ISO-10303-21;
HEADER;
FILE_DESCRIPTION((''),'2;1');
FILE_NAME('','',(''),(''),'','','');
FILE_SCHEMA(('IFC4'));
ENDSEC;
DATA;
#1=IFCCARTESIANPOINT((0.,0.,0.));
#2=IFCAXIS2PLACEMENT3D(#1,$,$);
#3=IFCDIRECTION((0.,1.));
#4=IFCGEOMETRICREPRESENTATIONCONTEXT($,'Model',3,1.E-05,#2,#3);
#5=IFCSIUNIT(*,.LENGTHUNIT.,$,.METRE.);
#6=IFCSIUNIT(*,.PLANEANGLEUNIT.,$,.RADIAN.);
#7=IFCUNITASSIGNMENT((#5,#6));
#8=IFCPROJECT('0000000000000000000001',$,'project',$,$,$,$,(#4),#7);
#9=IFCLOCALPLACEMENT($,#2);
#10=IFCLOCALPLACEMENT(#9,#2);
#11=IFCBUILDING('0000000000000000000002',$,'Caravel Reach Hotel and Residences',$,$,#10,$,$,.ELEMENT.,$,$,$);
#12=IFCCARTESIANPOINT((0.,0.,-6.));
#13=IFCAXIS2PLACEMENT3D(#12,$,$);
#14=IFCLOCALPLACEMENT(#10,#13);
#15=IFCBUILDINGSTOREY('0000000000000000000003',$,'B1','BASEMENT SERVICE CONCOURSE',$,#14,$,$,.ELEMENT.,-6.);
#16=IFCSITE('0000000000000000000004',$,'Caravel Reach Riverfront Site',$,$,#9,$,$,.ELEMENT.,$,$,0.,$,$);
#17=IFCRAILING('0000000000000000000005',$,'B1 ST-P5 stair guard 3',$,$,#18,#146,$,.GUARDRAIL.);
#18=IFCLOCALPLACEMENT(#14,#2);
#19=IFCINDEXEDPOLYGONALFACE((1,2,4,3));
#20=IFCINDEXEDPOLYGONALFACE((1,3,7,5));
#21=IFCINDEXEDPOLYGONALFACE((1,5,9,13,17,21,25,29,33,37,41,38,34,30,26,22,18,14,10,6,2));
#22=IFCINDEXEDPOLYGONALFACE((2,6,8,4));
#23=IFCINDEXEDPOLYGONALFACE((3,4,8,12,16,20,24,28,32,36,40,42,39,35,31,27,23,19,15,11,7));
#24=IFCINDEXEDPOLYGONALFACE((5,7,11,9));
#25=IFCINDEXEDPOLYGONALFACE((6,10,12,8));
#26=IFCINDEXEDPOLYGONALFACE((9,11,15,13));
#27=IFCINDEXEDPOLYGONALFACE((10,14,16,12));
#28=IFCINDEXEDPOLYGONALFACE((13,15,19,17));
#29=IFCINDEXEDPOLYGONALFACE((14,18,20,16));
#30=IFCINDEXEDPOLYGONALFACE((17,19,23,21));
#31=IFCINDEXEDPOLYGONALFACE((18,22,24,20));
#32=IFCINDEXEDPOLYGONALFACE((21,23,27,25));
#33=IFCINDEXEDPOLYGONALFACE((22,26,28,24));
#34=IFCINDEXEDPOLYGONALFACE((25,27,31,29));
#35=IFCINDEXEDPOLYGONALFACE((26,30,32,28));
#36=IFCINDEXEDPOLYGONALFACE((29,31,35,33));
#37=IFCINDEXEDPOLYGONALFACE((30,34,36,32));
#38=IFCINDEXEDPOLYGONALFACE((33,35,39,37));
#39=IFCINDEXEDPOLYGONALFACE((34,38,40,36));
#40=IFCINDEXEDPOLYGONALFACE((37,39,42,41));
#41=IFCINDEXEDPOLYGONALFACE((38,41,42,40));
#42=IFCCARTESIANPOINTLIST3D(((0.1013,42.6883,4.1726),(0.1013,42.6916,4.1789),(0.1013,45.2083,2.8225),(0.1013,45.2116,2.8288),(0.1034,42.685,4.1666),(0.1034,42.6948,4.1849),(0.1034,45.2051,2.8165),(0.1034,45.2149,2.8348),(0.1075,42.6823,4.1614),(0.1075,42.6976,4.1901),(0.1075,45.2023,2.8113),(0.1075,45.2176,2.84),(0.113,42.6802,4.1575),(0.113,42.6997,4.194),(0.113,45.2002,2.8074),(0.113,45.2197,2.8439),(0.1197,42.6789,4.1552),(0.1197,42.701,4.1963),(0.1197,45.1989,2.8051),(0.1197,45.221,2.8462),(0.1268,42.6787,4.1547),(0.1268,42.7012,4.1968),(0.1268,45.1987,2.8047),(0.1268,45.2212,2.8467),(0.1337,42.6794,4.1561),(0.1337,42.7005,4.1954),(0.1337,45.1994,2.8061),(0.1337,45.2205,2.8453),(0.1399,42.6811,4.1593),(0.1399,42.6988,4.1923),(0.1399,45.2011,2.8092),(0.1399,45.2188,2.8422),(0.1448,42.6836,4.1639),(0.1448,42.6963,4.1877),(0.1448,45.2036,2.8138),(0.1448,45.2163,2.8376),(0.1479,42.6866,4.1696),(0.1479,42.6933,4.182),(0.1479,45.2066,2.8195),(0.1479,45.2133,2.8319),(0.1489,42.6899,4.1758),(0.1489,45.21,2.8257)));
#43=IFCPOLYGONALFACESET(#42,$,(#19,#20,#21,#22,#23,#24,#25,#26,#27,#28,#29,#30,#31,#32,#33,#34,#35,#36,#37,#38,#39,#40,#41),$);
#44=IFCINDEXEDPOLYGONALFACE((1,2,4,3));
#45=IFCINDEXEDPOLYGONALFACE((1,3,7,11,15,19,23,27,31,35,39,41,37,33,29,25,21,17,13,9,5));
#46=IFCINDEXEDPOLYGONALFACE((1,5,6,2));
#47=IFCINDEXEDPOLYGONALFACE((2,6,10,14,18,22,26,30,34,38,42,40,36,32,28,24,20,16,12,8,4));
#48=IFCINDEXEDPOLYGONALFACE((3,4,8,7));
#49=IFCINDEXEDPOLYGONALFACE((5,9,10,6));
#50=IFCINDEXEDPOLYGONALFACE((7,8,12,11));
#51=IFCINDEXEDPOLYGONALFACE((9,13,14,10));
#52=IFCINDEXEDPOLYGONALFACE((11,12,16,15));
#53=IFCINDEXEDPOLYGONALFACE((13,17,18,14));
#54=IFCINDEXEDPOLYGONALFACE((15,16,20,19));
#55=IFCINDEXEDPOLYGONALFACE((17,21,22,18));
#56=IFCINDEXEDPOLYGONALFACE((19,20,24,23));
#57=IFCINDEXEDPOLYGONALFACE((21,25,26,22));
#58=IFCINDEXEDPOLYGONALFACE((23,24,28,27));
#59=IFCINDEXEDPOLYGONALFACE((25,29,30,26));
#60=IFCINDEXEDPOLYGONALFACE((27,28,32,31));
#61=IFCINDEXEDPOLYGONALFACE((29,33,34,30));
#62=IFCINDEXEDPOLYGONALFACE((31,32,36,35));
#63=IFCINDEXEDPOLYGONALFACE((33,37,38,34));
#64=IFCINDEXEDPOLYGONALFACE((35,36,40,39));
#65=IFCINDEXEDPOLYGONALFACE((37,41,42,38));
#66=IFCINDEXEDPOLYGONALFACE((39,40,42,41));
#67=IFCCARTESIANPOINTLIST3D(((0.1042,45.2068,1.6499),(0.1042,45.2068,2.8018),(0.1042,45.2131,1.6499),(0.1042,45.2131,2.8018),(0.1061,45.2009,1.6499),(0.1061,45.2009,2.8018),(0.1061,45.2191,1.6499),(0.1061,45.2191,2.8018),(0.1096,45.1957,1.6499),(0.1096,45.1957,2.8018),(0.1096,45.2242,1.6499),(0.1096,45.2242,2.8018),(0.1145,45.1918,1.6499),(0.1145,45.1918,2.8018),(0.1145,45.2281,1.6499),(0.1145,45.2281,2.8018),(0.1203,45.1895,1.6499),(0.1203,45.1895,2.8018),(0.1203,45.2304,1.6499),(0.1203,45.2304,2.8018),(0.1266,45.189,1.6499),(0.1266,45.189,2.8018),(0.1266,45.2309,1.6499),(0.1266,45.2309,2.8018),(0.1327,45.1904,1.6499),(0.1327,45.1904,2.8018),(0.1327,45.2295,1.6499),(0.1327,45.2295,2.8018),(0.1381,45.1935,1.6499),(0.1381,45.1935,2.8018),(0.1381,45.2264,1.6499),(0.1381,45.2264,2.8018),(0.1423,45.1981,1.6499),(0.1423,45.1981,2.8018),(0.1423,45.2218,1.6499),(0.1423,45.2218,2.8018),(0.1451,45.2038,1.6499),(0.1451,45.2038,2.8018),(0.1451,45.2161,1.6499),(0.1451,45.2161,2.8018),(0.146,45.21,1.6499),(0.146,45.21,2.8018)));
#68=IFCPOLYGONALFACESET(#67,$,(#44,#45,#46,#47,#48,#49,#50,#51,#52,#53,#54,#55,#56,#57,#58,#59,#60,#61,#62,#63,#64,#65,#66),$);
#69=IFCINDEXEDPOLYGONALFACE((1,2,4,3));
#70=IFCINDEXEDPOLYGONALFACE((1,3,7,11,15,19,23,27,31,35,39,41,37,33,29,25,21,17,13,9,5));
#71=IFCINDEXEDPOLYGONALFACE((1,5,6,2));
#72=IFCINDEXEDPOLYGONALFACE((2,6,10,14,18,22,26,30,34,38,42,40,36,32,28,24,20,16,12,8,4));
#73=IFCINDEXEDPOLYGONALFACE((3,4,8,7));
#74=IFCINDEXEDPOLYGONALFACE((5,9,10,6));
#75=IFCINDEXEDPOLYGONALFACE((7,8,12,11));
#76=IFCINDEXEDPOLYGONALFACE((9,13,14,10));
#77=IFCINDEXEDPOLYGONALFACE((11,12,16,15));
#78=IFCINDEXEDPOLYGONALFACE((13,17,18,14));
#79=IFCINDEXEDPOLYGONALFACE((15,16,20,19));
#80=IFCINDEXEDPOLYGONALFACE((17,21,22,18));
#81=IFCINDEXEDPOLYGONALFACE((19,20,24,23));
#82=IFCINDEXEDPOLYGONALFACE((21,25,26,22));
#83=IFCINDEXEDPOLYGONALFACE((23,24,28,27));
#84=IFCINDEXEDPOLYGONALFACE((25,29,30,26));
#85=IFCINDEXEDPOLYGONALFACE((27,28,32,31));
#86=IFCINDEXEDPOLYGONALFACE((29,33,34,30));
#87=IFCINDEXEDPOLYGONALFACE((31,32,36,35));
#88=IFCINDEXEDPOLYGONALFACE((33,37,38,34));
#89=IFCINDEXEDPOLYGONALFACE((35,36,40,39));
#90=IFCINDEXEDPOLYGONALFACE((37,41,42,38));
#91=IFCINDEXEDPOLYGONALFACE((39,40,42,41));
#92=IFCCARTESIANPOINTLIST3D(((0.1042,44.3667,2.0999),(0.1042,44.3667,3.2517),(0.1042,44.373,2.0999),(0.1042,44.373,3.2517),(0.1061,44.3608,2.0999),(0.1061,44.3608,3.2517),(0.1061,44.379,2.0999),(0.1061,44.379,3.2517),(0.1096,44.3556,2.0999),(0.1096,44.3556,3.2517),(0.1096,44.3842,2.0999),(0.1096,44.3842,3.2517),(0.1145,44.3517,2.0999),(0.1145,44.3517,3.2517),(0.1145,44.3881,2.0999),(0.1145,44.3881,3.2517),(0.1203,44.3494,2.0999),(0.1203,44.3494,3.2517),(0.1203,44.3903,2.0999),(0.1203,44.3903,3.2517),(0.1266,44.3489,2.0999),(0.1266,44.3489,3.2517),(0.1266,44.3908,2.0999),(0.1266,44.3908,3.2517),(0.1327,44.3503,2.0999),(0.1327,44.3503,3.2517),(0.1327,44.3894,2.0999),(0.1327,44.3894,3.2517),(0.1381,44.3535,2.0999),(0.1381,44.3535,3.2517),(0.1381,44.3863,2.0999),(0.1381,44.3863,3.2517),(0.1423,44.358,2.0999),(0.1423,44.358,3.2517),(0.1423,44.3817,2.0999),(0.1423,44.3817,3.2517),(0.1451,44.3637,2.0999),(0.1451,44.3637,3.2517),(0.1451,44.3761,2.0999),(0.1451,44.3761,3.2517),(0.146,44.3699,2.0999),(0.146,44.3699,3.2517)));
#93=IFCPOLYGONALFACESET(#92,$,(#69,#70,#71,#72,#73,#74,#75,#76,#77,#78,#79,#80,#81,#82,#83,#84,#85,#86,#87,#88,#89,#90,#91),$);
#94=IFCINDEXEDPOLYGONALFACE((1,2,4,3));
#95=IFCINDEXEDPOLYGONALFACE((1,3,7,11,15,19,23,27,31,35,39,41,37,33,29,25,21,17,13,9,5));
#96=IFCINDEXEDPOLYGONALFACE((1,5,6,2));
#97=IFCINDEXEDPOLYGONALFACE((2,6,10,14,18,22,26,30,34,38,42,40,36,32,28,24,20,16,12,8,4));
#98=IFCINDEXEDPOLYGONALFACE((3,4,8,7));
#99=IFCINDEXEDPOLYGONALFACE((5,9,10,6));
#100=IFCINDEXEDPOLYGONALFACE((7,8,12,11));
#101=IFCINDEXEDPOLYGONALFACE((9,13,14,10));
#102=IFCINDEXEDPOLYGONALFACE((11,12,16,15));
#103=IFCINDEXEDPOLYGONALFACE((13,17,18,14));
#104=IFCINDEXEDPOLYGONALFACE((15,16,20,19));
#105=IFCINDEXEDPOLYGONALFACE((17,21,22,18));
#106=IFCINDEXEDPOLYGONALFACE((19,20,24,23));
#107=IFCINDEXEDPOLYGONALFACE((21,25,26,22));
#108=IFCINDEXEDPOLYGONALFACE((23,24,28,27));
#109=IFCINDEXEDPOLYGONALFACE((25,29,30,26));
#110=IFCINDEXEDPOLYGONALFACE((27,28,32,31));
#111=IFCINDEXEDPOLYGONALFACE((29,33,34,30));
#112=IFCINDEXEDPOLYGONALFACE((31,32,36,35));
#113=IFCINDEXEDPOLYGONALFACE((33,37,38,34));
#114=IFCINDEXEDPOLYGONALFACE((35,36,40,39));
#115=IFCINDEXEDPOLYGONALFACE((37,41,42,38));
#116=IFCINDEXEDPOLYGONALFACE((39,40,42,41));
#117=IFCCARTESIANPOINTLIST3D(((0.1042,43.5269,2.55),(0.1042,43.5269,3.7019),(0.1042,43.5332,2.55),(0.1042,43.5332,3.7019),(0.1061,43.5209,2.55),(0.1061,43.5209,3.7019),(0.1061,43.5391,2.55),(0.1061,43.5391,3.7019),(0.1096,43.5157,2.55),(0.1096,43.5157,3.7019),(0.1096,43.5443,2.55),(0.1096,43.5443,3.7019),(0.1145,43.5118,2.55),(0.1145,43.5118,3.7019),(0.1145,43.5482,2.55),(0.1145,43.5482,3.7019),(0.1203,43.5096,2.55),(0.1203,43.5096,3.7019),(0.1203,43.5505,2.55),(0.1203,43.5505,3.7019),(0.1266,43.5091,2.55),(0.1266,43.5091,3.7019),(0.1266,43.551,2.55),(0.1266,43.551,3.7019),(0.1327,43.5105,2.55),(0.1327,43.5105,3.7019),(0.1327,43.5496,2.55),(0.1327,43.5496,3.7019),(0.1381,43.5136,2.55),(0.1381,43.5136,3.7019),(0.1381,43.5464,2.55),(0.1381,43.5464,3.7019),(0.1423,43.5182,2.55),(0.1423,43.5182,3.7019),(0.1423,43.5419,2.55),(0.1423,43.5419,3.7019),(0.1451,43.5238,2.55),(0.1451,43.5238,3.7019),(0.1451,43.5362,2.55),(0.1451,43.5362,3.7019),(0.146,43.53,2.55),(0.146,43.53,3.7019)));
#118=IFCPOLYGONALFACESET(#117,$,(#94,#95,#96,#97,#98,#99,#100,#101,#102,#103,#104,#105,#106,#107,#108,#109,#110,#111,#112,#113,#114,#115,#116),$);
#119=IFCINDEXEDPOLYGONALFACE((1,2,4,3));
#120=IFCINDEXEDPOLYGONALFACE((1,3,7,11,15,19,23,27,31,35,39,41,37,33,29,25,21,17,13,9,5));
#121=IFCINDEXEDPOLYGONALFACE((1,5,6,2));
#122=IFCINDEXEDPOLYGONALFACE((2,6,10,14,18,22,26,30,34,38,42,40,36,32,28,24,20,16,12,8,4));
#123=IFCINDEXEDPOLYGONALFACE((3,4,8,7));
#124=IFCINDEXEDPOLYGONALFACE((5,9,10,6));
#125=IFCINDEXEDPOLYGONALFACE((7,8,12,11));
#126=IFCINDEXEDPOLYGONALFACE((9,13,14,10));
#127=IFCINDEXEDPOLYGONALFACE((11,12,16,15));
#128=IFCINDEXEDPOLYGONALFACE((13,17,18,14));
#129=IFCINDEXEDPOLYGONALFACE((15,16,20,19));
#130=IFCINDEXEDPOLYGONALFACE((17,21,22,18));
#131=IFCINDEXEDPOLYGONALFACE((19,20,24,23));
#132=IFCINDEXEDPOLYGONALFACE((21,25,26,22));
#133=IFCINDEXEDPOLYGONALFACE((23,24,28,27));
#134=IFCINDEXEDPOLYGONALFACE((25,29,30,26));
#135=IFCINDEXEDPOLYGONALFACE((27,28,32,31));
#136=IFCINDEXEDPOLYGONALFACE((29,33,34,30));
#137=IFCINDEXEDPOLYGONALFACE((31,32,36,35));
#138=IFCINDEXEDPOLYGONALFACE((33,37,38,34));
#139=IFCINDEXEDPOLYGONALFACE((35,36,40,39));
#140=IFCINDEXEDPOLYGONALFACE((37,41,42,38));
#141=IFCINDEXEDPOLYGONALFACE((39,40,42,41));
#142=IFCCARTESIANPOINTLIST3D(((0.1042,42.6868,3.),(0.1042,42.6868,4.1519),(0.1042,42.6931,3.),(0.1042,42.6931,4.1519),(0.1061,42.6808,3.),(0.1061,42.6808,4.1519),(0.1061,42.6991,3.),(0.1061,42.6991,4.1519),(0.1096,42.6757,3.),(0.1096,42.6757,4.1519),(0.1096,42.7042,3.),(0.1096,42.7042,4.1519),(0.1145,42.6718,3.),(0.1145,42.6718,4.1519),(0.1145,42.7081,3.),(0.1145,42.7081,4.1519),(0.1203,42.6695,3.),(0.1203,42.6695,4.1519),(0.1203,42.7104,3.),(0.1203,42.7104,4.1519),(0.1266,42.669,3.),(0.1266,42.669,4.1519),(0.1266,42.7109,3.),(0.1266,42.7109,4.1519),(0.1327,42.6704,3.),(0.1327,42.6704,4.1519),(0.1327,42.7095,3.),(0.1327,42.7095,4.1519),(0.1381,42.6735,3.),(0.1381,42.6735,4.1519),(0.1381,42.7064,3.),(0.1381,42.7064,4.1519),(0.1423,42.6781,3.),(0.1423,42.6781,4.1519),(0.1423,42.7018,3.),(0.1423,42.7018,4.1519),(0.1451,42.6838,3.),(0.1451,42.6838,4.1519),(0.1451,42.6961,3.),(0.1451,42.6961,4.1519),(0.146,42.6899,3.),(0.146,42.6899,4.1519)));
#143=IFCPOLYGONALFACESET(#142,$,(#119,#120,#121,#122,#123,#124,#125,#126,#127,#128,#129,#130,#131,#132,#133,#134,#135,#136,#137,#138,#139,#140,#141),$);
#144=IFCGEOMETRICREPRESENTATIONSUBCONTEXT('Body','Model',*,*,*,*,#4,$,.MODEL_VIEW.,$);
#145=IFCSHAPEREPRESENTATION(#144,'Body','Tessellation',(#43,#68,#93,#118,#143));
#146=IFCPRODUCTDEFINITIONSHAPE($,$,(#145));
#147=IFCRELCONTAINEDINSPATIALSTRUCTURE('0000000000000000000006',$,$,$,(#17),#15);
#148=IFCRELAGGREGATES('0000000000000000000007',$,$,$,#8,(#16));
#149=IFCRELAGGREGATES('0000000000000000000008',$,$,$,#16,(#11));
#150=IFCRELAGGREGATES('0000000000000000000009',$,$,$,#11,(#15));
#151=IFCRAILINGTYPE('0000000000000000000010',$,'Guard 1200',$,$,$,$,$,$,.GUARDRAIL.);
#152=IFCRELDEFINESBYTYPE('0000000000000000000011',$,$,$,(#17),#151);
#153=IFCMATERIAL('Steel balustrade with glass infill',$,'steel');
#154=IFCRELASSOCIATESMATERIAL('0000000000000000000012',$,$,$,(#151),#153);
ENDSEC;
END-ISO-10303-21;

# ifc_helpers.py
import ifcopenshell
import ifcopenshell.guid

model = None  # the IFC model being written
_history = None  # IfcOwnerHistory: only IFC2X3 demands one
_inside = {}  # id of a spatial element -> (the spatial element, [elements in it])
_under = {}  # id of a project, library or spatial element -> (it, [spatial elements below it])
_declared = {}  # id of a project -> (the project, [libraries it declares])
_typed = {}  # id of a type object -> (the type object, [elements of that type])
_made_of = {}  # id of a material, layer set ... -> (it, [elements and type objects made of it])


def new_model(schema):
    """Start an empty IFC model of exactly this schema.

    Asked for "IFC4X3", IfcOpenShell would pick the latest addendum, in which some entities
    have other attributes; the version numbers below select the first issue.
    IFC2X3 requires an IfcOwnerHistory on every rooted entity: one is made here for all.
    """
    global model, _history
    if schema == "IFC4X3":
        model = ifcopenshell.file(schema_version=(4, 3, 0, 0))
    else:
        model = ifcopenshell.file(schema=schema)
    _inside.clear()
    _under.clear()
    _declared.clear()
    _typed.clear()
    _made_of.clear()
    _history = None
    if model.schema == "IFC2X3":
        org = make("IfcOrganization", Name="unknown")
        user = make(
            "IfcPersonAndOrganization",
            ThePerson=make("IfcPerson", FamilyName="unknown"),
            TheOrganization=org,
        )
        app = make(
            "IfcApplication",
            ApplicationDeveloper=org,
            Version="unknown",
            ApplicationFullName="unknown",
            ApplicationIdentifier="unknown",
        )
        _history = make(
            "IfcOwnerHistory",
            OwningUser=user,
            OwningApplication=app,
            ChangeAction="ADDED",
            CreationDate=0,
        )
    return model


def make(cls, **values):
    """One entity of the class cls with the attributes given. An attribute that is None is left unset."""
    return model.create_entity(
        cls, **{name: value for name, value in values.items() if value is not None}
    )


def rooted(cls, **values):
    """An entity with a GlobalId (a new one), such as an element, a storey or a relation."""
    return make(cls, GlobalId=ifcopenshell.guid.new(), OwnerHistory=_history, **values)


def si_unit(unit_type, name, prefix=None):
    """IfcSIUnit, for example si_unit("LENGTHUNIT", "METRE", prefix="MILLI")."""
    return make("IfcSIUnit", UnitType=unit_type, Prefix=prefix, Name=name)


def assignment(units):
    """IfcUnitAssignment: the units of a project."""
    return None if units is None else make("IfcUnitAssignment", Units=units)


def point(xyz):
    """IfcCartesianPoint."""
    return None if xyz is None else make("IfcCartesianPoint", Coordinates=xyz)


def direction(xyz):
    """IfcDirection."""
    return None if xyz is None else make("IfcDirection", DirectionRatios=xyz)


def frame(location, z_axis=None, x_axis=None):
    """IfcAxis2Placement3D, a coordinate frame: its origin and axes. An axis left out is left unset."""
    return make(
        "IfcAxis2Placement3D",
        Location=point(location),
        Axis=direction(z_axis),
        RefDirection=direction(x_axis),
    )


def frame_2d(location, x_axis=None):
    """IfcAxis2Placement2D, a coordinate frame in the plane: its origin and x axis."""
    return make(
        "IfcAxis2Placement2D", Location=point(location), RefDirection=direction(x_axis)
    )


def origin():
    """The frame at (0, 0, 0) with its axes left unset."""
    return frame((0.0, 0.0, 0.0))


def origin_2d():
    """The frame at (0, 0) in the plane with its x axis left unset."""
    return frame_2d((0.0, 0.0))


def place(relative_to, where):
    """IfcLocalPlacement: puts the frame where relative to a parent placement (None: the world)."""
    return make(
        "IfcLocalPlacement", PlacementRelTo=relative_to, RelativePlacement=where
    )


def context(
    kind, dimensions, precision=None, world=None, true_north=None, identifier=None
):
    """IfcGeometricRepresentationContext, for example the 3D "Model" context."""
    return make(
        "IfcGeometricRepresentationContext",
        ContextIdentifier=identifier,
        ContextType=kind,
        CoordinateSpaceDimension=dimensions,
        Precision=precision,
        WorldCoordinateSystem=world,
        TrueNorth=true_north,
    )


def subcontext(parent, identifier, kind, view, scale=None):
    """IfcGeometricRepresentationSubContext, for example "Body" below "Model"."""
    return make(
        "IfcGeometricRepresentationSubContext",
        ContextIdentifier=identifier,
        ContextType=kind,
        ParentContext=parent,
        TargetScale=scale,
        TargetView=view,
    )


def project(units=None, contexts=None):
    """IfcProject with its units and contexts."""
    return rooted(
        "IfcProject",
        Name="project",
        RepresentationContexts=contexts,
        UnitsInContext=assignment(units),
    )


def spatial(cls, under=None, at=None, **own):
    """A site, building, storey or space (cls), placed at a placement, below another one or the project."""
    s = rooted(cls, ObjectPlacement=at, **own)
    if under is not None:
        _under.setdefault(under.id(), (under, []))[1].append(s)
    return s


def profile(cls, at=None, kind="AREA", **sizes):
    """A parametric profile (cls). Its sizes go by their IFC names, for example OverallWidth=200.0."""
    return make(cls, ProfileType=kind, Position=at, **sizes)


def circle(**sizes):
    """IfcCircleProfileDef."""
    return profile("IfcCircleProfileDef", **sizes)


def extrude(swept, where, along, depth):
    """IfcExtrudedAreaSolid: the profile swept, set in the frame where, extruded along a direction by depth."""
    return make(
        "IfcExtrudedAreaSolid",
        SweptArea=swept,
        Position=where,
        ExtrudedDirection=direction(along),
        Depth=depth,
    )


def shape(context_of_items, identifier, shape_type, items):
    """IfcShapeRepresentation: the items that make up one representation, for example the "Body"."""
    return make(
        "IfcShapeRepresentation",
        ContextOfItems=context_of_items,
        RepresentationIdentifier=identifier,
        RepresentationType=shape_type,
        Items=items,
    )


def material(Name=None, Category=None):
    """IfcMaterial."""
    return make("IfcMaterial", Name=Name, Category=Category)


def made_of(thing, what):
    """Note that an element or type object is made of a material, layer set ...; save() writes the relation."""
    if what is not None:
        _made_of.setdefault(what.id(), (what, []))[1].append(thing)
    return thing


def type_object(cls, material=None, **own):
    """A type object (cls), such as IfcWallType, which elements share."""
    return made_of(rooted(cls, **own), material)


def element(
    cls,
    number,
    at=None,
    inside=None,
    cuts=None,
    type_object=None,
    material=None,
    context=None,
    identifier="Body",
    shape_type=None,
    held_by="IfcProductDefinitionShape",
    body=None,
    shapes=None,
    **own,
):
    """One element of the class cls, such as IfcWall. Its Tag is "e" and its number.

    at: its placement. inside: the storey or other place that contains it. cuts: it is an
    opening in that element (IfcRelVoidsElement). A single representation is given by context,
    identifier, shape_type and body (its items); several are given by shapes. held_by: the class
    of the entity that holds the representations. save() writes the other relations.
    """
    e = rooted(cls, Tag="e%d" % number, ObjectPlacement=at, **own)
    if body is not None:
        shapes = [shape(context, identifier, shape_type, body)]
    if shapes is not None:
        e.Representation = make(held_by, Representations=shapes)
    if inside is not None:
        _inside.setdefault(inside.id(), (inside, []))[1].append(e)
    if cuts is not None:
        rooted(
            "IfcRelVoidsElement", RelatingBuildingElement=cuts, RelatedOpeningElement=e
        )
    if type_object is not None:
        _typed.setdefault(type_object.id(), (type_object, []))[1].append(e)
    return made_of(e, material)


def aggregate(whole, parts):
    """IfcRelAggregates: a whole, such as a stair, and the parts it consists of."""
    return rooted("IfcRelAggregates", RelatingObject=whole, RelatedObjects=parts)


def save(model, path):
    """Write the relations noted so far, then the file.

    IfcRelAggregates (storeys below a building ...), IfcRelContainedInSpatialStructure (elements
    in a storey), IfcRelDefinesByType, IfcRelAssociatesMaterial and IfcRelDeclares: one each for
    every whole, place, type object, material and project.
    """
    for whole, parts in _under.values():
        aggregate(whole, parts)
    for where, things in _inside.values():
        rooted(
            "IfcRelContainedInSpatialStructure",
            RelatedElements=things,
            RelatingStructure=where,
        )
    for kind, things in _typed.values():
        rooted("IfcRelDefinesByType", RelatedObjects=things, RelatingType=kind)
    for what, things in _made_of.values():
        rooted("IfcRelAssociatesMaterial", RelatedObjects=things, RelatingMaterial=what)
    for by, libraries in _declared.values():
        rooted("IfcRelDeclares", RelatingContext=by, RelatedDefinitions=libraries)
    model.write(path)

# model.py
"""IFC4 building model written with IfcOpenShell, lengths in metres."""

from ifc_helpers import new_model, si_unit, direction, frame, origin, origin_2d, place, context, subcontext, project, spatial, circle, extrude, material, type_object, element, save


model = new_model("IFC4")

# Units and contexts
model_context = context("Model", 3, precision=1e-05, world=origin(), true_north=direction((0.0, 1.0)))
body_context = subcontext(model_context, "Body", "Model", "MODEL_VIEW")
ifc_project = project(units=[si_unit("LENGTHUNIT", "METRE"), si_unit("PLANEANGLEUNIT", "RADIAN")], contexts=[model_context])

# Site, building, storey
site_placement = place(None, origin())
site = spatial("IfcSite", under=ifc_project, at=site_placement, Name="Caravel Reach Riverfront Site", CompositionType="ELEMENT", RefElevation=0.0)
building_placement = place(site_placement, origin())
building = spatial("IfcBuilding", under=site, at=building_placement, Name="Caravel Reach Hotel and Residences", CompositionType="ELEMENT")
storey_placement = place(building_placement, frame((0.0, 0.0, -6.0)))
storey = spatial("IfcBuildingStorey", under=building, at=storey_placement, Name="B1", Description="BASEMENT SERVICE CONCOURSE", CompositionType="ELEMENT", Elevation=-6.0)

# Railing
ifc_material_1 = material(Name="Steel balustrade with glass infill", Category="steel")
railing_type_1 = type_object("IfcRailingType", Name="Guard 1200", PredefinedType="GUARDRAIL", material=ifc_material_1)
railing_1_placement = place(storey_placement, frame((0.125, 45.21, 1.6499)))
element("IfcRailing", 1, at=railing_1_placement, inside=storey, type_object=railing_type_1, Name="B1 ST-P5 stair guard 3", PredefinedType="GUARDRAIL", context=body_context, shape_type="SweptSolid", body=[
    extrude(circle(Radius=0.0239, at=origin_2d()), frame((0.0, 0.0, 1.1758), z_axis=(0.0, -0.881467, 0.472245), x_axis=(1.0, 0.0, 0.0)), (0.0, 0.0, 1.0), 2.8589),
    extrude(circle(Radius=0.021, at=origin_2d()), origin(), (0.0, 0.0, 1.0), 1.1519),
    extrude(circle(Radius=0.021, at=origin_2d()), frame((0.0, -0.8401, 0.45)), (0.0, 0.0, 1.0), 1.1519),
    extrude(circle(Radius=0.021, at=origin_2d()), frame((0.0, -1.6799, 0.9001)), (0.0, 0.0, 1.0), 1.1519),
    extrude(circle(Radius=0.021, at=origin_2d()), frame((0.0, -2.52, 1.3501)), (0.0, 0.0, 1.0), 1.1519),
])

save(model, "model.ifc")
